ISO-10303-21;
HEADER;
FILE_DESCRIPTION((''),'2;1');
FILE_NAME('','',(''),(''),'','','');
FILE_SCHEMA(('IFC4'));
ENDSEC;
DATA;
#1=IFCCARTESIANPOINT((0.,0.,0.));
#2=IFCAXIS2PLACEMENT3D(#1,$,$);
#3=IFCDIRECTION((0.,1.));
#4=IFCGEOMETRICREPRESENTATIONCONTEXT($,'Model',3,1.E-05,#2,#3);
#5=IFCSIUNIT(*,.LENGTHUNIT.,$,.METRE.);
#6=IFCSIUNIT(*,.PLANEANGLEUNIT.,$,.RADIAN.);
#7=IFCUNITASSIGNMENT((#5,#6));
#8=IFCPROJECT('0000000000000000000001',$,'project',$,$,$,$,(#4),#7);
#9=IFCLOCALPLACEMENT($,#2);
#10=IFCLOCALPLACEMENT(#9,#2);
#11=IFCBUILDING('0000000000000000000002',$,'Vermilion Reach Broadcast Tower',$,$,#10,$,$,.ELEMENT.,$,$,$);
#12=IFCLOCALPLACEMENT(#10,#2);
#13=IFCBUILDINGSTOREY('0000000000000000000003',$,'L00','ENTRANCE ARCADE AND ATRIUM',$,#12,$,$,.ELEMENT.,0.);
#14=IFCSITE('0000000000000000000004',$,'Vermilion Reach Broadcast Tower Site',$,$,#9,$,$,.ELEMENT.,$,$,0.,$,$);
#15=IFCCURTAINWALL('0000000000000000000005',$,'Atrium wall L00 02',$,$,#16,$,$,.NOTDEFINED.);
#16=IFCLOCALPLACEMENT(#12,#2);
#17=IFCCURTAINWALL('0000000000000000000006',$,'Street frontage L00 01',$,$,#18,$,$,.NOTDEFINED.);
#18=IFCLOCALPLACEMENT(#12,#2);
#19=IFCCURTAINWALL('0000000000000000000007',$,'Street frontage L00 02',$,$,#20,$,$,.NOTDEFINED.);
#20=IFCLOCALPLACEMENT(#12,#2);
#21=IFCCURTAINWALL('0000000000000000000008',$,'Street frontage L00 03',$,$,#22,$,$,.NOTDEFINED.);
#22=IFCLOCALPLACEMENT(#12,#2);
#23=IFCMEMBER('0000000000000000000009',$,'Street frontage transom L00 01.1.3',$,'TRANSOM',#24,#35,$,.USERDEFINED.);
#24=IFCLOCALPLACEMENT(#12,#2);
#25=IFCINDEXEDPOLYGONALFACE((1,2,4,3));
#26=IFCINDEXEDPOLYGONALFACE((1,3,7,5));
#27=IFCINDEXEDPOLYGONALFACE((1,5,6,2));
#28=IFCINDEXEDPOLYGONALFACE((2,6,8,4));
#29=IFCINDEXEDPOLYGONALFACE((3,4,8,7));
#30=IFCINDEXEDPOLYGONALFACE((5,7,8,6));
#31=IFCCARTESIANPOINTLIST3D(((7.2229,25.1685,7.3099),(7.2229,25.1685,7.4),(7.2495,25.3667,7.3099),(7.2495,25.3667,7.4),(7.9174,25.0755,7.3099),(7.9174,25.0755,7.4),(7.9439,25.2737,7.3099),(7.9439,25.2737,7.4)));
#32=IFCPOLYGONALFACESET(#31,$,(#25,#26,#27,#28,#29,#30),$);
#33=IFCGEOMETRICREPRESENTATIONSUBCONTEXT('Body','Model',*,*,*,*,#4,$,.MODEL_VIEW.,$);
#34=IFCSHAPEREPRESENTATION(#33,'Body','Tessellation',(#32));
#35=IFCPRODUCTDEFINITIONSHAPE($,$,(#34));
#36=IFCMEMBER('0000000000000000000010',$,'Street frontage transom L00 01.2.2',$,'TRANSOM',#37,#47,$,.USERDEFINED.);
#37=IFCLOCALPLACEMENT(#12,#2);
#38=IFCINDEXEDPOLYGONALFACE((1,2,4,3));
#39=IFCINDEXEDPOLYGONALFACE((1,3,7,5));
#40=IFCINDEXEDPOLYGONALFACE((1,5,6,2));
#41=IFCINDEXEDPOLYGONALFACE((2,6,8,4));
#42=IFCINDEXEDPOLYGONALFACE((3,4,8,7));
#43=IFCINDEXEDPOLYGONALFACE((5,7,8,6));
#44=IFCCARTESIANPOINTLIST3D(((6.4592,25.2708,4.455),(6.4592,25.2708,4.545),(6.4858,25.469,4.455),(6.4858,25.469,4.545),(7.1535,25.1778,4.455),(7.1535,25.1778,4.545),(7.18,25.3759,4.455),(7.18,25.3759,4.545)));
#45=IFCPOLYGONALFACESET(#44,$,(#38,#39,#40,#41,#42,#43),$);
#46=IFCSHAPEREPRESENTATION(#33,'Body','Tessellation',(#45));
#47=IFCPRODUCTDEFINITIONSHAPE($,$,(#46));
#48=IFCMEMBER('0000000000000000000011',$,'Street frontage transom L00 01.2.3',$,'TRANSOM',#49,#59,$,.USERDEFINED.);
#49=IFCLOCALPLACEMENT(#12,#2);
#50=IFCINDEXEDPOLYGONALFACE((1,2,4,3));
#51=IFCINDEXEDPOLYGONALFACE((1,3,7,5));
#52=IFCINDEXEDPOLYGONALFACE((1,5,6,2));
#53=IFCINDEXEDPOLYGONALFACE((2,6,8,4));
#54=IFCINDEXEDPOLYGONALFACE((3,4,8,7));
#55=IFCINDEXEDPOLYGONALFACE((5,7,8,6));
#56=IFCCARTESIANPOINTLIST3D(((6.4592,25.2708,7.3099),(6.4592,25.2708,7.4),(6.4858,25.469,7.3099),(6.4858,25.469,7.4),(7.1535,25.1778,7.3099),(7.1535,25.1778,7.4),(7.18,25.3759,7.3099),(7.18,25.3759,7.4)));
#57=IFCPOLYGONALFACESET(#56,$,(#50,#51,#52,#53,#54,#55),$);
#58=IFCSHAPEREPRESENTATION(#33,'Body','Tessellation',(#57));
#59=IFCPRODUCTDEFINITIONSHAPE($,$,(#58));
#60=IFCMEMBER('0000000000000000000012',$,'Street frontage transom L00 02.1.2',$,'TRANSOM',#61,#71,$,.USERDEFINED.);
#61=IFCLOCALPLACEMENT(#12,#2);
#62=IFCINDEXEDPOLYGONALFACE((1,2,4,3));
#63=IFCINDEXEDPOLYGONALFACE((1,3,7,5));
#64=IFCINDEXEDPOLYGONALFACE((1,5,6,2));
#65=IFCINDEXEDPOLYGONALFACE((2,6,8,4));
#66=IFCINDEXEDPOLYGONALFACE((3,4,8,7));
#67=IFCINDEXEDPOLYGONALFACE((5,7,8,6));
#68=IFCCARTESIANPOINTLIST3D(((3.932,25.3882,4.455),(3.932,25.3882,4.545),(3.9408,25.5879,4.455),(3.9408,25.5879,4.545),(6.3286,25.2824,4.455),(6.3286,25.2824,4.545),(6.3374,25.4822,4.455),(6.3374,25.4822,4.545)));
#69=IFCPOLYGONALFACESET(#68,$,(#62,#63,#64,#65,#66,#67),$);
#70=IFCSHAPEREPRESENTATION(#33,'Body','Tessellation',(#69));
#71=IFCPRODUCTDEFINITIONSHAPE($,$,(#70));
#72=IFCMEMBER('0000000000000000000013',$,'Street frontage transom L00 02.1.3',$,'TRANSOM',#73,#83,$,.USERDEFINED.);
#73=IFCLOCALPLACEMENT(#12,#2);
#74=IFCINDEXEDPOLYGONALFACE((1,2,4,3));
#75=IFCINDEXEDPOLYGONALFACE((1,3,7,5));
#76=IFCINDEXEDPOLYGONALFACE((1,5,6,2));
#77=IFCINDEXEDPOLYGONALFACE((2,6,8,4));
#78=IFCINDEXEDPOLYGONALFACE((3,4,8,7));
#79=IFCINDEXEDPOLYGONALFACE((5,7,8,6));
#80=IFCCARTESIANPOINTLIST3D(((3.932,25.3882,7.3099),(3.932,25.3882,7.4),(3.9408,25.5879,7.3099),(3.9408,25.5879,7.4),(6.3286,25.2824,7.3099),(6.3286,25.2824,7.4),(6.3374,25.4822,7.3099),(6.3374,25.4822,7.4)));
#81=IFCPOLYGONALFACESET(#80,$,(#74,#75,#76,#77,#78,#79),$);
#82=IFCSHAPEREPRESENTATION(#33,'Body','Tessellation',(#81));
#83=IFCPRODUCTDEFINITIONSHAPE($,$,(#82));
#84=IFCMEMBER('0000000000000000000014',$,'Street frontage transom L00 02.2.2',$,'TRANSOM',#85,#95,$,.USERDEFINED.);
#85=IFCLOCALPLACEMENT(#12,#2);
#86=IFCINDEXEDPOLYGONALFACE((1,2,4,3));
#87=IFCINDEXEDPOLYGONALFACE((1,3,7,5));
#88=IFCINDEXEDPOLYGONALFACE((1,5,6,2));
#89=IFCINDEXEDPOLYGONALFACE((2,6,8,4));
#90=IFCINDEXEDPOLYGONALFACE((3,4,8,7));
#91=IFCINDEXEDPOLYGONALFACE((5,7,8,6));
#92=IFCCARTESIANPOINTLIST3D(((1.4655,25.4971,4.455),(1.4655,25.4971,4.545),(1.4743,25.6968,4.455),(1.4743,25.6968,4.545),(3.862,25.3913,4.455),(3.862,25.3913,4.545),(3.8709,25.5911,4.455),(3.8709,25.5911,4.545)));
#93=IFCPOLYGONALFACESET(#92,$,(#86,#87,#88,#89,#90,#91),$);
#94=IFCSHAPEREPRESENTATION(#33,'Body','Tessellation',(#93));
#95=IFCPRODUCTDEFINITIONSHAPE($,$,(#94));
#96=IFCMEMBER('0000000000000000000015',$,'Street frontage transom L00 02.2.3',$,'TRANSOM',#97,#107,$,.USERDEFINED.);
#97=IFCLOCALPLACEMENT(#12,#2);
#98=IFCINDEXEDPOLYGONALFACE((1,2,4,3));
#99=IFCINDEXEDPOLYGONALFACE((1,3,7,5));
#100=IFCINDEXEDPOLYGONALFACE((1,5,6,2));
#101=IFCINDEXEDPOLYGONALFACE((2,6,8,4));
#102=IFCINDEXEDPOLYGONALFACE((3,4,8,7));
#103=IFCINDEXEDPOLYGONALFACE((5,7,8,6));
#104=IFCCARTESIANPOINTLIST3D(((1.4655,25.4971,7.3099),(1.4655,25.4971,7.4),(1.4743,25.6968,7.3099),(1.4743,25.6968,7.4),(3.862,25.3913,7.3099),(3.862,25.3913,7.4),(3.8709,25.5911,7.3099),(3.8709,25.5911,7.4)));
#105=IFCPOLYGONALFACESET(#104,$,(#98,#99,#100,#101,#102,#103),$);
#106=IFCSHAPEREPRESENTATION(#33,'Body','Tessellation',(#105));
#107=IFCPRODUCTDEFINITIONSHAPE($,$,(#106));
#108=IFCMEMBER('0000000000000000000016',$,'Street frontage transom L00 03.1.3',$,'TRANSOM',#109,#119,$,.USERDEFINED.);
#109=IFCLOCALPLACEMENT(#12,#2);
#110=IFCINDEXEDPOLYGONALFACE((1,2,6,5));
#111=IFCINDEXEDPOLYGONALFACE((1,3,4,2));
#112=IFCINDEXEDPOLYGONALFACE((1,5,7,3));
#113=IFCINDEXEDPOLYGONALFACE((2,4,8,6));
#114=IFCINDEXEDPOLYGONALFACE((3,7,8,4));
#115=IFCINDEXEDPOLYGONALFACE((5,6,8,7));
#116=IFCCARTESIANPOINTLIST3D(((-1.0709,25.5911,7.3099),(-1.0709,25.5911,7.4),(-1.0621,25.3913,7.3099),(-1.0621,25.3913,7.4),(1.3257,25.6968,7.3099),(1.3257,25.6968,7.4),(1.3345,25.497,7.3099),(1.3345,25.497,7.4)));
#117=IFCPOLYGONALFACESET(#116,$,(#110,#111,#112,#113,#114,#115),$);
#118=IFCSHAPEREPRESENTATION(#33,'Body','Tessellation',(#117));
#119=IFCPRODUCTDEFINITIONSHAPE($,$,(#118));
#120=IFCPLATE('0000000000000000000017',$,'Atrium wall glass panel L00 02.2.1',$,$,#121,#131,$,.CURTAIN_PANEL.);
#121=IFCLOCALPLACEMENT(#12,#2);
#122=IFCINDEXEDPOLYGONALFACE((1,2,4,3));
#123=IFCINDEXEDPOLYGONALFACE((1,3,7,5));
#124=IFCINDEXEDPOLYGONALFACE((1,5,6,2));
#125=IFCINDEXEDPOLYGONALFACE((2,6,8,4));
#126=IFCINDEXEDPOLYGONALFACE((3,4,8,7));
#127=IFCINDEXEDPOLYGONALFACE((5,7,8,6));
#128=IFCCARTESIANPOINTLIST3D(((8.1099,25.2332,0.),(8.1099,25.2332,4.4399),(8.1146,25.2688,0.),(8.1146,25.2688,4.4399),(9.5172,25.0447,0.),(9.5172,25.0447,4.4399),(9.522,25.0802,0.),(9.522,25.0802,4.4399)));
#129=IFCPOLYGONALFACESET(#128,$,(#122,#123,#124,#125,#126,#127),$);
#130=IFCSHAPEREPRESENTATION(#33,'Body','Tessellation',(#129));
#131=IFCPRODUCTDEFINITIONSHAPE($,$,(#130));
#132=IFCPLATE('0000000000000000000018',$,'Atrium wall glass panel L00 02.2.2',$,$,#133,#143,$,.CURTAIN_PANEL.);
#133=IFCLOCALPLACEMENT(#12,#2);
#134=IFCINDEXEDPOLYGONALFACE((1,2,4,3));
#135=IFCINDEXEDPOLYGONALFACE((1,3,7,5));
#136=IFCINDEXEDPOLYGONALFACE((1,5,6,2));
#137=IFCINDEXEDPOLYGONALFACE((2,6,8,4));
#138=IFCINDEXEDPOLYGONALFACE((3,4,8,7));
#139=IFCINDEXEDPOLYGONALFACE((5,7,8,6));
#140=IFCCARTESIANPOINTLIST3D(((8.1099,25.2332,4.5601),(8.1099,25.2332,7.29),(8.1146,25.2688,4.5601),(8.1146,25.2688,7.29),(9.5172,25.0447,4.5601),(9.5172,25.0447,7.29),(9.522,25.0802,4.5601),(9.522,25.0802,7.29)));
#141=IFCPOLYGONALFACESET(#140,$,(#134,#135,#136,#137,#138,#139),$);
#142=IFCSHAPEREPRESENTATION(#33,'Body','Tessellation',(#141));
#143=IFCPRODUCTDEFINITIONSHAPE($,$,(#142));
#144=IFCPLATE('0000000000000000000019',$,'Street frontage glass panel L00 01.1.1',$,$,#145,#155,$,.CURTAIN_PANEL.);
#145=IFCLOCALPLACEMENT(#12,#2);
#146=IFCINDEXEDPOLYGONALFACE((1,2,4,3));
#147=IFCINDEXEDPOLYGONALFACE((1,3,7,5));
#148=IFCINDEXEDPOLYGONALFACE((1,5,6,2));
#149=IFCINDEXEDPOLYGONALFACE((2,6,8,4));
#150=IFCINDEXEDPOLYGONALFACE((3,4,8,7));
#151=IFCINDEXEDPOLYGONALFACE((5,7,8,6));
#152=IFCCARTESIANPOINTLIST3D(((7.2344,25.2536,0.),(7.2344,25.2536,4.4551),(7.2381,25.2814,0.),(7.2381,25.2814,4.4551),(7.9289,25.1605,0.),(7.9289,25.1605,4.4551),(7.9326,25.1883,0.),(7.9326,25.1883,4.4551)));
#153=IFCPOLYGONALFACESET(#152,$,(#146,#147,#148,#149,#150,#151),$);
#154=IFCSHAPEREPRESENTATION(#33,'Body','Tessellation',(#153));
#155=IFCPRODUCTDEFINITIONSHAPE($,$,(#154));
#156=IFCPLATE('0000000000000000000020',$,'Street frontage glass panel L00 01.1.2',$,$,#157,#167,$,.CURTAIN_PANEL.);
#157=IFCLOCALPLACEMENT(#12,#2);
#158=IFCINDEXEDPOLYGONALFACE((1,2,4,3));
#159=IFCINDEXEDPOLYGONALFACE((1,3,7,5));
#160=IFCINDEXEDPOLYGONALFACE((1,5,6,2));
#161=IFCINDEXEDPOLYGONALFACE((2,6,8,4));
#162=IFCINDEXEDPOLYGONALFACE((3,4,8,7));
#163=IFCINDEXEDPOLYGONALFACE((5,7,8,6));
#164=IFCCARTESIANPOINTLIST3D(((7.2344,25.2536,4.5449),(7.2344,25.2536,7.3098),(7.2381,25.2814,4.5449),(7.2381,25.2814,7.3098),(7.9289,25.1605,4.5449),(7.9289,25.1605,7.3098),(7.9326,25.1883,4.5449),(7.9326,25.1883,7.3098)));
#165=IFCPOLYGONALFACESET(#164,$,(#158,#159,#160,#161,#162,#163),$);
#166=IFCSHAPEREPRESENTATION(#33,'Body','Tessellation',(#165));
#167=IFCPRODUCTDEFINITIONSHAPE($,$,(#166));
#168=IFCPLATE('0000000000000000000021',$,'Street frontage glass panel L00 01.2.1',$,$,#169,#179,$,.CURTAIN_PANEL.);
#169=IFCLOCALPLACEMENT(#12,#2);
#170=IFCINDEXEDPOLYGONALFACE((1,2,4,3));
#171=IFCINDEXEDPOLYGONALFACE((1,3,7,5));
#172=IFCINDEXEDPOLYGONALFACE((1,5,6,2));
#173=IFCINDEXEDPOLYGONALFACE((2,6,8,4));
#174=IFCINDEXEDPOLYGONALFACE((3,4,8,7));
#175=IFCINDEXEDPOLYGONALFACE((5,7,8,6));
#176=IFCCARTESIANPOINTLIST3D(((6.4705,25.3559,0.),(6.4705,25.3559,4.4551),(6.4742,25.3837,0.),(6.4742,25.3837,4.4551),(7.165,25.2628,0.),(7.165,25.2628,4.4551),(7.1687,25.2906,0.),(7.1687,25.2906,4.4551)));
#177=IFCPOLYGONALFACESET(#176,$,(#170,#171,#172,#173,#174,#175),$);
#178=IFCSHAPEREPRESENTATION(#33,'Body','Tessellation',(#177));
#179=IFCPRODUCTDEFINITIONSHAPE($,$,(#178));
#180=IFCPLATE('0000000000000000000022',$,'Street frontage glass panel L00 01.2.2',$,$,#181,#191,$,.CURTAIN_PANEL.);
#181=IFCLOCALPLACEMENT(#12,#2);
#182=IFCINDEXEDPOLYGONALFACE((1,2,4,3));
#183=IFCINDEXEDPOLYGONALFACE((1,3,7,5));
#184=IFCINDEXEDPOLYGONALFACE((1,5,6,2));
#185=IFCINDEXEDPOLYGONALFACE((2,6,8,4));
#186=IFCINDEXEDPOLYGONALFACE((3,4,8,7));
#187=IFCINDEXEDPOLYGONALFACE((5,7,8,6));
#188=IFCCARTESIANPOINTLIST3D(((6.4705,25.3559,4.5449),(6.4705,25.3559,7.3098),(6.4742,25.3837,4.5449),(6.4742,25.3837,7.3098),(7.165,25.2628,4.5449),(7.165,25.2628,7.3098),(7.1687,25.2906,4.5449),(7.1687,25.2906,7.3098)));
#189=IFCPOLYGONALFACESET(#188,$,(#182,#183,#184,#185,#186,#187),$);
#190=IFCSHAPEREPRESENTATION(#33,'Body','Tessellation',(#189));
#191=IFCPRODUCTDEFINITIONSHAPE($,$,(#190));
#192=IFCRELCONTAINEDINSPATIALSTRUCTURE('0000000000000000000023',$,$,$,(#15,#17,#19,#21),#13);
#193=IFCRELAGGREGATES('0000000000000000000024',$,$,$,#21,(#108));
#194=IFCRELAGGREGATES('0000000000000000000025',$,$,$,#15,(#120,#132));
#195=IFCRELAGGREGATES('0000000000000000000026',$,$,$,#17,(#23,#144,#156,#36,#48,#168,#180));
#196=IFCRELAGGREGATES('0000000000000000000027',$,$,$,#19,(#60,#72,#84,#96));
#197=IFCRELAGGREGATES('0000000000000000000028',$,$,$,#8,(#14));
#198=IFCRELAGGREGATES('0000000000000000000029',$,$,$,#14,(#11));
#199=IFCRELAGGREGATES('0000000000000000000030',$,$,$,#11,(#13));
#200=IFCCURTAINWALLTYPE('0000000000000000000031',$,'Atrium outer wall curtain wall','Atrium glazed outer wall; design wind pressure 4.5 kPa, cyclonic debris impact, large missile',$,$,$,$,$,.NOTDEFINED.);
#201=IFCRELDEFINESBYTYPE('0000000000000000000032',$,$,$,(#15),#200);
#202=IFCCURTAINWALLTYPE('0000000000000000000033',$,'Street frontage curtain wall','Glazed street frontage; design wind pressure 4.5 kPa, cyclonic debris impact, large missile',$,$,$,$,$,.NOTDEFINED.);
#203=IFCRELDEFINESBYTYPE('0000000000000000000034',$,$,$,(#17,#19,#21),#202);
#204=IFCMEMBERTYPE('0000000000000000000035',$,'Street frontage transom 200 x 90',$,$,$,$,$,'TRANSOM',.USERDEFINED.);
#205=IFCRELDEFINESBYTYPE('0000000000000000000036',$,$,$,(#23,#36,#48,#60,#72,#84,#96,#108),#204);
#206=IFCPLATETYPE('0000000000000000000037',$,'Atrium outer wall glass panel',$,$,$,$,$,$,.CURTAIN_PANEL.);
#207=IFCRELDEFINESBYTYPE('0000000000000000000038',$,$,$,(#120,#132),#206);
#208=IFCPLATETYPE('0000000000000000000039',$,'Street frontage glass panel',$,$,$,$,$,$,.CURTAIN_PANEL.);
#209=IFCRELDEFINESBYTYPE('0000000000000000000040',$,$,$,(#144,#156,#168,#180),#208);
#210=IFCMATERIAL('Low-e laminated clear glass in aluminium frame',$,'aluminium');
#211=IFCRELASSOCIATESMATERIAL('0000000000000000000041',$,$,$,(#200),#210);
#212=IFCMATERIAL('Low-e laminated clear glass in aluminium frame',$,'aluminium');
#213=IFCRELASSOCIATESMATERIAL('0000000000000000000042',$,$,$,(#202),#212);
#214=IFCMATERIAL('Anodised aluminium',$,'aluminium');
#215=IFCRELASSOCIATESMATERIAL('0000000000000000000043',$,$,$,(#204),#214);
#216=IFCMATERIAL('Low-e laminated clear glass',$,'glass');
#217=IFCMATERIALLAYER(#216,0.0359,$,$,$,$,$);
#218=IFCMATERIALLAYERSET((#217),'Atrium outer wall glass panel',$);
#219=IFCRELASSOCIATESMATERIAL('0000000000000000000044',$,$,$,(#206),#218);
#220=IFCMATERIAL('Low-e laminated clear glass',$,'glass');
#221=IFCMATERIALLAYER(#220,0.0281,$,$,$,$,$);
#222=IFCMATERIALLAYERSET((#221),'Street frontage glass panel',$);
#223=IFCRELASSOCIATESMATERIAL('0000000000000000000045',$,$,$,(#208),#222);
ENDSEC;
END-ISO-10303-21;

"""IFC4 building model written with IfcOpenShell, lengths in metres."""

from ifc_helpers import new_model, si_unit, direction, frame, origin, origin_2d, place, context, subcontext, project, spatial, rectangle, extrude, material, layer, layer_set, material_profile, profile_set, type_object, element, aggregate, save


model = new_model("IFC4")

# Units and contexts
model_context = context("Model", 3, precision=1e-05, world=origin(), true_north=direction((0.0, 1.0)))
body_context = subcontext(model_context, "Body", "Model", "MODEL_VIEW")
ifc_project = project(units=[si_unit("LENGTHUNIT", "METRE"), si_unit("PLANEANGLEUNIT", "RADIAN")], contexts=[model_context])

# Site, building, storey
site_placement = place(None, origin())
site = spatial("IfcSite", under=ifc_project, at=site_placement, Name="Vermilion Reach Broadcast Tower Site", CompositionType="ELEMENT", RefElevation=0.0)
building_placement = place(site_placement, origin())
building = spatial("IfcBuilding", under=site, at=building_placement, Name="Vermilion Reach Broadcast Tower", CompositionType="ELEMENT")
storey_placement = place(building_placement, origin())
storey = spatial("IfcBuildingStorey", under=building, at=storey_placement, Name="L00", Description="ENTRANCE ARCADE AND ATRIUM", CompositionType="ELEMENT", Elevation=0.0)

# Curtain wall
ifc_material_1 = material(Name="Low-e laminated clear glass in aluminium frame", Category="aluminium")
curtain_wall_type_1 = type_object("IfcCurtainWallType", Name="Atrium outer wall curtain wall", Description="Atrium glazed outer wall; design wind pressure 4.5 kPa, cyclonic debris impact, large missile", PredefinedType="NOTDEFINED", material=ifc_material_1)
placement = place(storey_placement, origin())
curtain_wall_1 = element("IfcCurtainWall", 1, at=placement, inside=storey, type_object=curtain_wall_type_1, Name="Atrium wall L00 02", PredefinedType="NOTDEFINED")

# Curtain walls
ifc_material_2 = material(Name="Low-e laminated clear glass in aluminium frame", Category="aluminium")
curtain_wall_type_2 = type_object("IfcCurtainWallType", Name="Street frontage curtain wall", Description="Glazed street frontage; design wind pressure 4.5 kPa, cyclonic debris impact, large missile", PredefinedType="NOTDEFINED", material=ifc_material_2)
curtain_wall_2 = element("IfcCurtainWall", 2, at=placement, inside=storey, type_object=curtain_wall_type_2, Name="Street frontage L00 01", PredefinedType="NOTDEFINED")
curtain_wall_3 = element("IfcCurtainWall", 3, at=placement, inside=storey, type_object=curtain_wall_type_2, Name="Street frontage L00 02", PredefinedType="NOTDEFINED")

# Curtain wall
curtain_wall_4 = element("IfcCurtainWall", 4, at=placement, inside=storey, type_object=curtain_wall_type_2, Name="Street frontage L00 03", PredefinedType="NOTDEFINED")

# Members
ifc_material_3 = material(Name="Anodised aluminium", Category="aluminium")
ifc_material_profile_1 = material_profile(ifc_material_3, rectangle(XDim=0.2, YDim=0.0901, at=origin_2d()), Name="Street frontage transom 200 x 90")
ifc_profile_set_1 = profile_set([ifc_material_profile_1], Name="Anodised aluminium")
member_type_1 = type_object("IfcMemberType", Name="Street frontage transom 200 x 90", ElementType="TRANSOM", PredefinedType="USERDEFINED", material=ifc_profile_set_1)
member_1_placement = place(storey_placement, frame((7.9307, 25.1746, 7.355), z_axis=(-0.991152, 0.132734, 0.0), x_axis=(-0.132734, -0.991152, 0.0)))
member_1 = element("IfcMember", 5, at=member_1_placement, type_object=member_type_1, Name="Street frontage transom L00 01.1.3", ObjectType="TRANSOM", PredefinedType="USERDEFINED", context=body_context, shape_type="SweptSolid", body=[
    extrude(rectangle(XDim=0.2, YDim=0.0901, at=origin_2d()), origin(), (0.0, 0.0, 1.0), 0.7007),
])
member_2_placement = place(storey_placement, frame((7.1667, 25.2769, 4.5), z_axis=(-0.991146, 0.13278, 0.0), x_axis=(-0.13278, -0.991146, 0.0)))
member_2 = element("IfcMember", 6, at=member_2_placement, type_object=member_type_1, Name="Street frontage transom L00 01.2.2", ObjectType="TRANSOM", PredefinedType="USERDEFINED", context=body_context, shape_type="SweptSolid", body=[
    extrude(rectangle(XDim=0.2, YDim=0.0901, at=origin_2d()), origin(), (0.0, 0.0, 1.0), 0.7004),
])
member_3_placement = place(storey_placement, frame((7.1667, 25.2769, 7.355), z_axis=(-0.991146, 0.13278, 0.0), x_axis=(-0.13278, -0.991146, 0.0)))
member_3 = element("IfcMember", 7, at=member_3_placement, type_object=member_type_1, Name="Street frontage transom L00 01.2.3", ObjectType="TRANSOM", PredefinedType="USERDEFINED", context=body_context, shape_type="SweptSolid", body=[
    extrude(rectangle(XDim=0.2, YDim=0.0901, at=origin_2d()), origin(), (0.0, 0.0, 1.0), 0.7004),
])
member_4_placement = place(storey_placement, frame((6.333, 25.3823, 4.5), z_axis=(-0.999028, 0.044069, 0.0), x_axis=(-0.044069, -0.999028, 0.0)))
member_4 = element("IfcMember", 8, at=member_4_placement, type_object=member_type_1, Name="Street frontage transom L00 02.1.2", ObjectType="TRANSOM", PredefinedType="USERDEFINED", context=body_context, shape_type="SweptSolid", body=[
    extrude(rectangle(XDim=0.2, YDim=0.0901, at=origin_2d()), origin(), (0.0, 0.0, 1.0), 2.3989),
])
member_5_placement = place(storey_placement, frame((6.333, 25.3823, 7.355), z_axis=(-0.999028, 0.044069, 0.0), x_axis=(-0.044069, -0.999028, 0.0)))
member_5 = element("IfcMember", 9, at=member_5_placement, type_object=member_type_1, Name="Street frontage transom L00 02.1.3", ObjectType="TRANSOM", PredefinedType="USERDEFINED", context=body_context, shape_type="SweptSolid", body=[
    extrude(rectangle(XDim=0.2, YDim=0.0901, at=origin_2d()), origin(), (0.0, 0.0, 1.0), 2.3989),
])
member_6_placement = place(storey_placement, frame((3.8665, 25.4912, 4.5), z_axis=(-0.999028, 0.044069, 0.0), x_axis=(-0.044069, -0.999028, 0.0)))
member_6 = element("IfcMember", 10, at=member_6_placement, type_object=member_type_1, Name="Street frontage transom L00 02.2.2", ObjectType="TRANSOM", PredefinedType="USERDEFINED", context=body_context, shape_type="SweptSolid", body=[
    extrude(rectangle(XDim=0.2, YDim=0.0901, at=origin_2d()), origin(), (0.0, 0.0, 1.0), 2.3989),
])
member_7_placement = place(storey_placement, frame((3.8665, 25.4912, 7.355), z_axis=(-0.999028, 0.044069, 0.0), x_axis=(-0.044069, -0.999028, 0.0)))
member_7 = element("IfcMember", 11, at=member_7_placement, type_object=member_type_1, Name="Street frontage transom L00 02.2.3", ObjectType="TRANSOM", PredefinedType="USERDEFINED", context=body_context, shape_type="SweptSolid", body=[
    extrude(rectangle(XDim=0.2, YDim=0.0901, at=origin_2d()), origin(), (0.0, 0.0, 1.0), 2.3989),
])
member_8_placement = place(storey_placement, frame((1.3301, 25.5969, 7.355), z_axis=(-0.999028, -0.044069, 0.0), x_axis=(0.044069, -0.999028, 0.0)))
member_8 = element("IfcMember", 12, at=member_8_placement, type_object=member_type_1, Name="Street frontage transom L00 03.1.3", ObjectType="TRANSOM", PredefinedType="USERDEFINED", context=body_context, shape_type="SweptSolid", body=[
    extrude(rectangle(XDim=0.2, YDim=0.0901, at=origin_2d()), origin(), (0.0, 0.0, 1.0), 2.3989),
])
aggregate(curtain_wall_4, [member_8])

# Plates
ifc_material_4 = material(Name="Low-e laminated clear glass", Category="glass")
ifc_layer_1 = layer(ifc_material_4, 0.0359)
ifc_layer_set_1 = layer_set([ifc_layer_1], Name="Atrium outer wall glass panel")
plate_type_1 = type_object("IfcPlateType", Name="Atrium outer wall glass panel", PredefinedType="CURTAIN_PANEL", material=ifc_layer_set_1)
plate_1_placement = place(storey_placement, frame((8.8159, 25.1567, 0.0), z_axis=(0.0, 0.0, 1.0), x_axis=(-0.991144, 0.132794, 0.0)))
plate_1 = element("IfcPlate", 13, at=plate_1_placement, type_object=plate_type_1, Name="Atrium wall glass panel L00 02.2.1", PredefinedType="CURTAIN_PANEL", context=body_context, shape_type="SweptSolid", body=[
    extrude(rectangle(XDim=1.4199, YDim=0.0359, at=origin_2d()), origin(), (0.0, 0.0, 1.0), 4.4399),
])
plate_2_placement = place(storey_placement, frame((8.8159, 25.1567, 4.5601), z_axis=(0.0, 0.0, 1.0), x_axis=(-0.991144, 0.132794, 0.0)))
plate_2 = element("IfcPlate", 14, at=plate_2_placement, type_object=plate_type_1, Name="Atrium wall glass panel L00 02.2.2", PredefinedType="CURTAIN_PANEL", context=body_context, shape_type="SweptSolid", body=[
    extrude(rectangle(XDim=1.4199, YDim=0.0359, at=origin_2d()), origin(), (0.0, 0.0, 1.0), 2.73),
])
aggregate(curtain_wall_1, [plate_1, plate_2])
ifc_material_5 = material(Name="Low-e laminated clear glass", Category="glass")
ifc_layer_2 = layer(ifc_material_5, 0.0281)
ifc_layer_set_2 = layer_set([ifc_layer_2], Name="Street frontage glass panel")
plate_type_2 = type_object("IfcPlateType", Name="Street frontage glass panel", PredefinedType="CURTAIN_PANEL", material=ifc_layer_set_2)
plate_3_placement = place(storey_placement, frame((7.5835, 25.2209, 0.0), z_axis=(0.0, 0.0, 1.0), x_axis=(-0.991144, 0.132794, 0.0)))
plate_3 = element("IfcPlate", 15, at=plate_3_placement, type_object=plate_type_2, Name="Street frontage glass panel L00 01.1.1", PredefinedType="CURTAIN_PANEL", context=body_context, shape_type="SweptSolid", body=[
    extrude(rectangle(XDim=0.7007, YDim=0.0281, at=origin_2d()), origin(), (0.0, 0.0, 1.0), 4.4551),
])
plate_4_placement = place(storey_placement, frame((7.5835, 25.2209, 4.5449), z_axis=(0.0, 0.0, 1.0), x_axis=(-0.991144, 0.132794, 0.0)))
plate_4 = element("IfcPlate", 16, at=plate_4_placement, type_object=plate_type_2, Name="Street frontage glass panel L00 01.1.2", PredefinedType="CURTAIN_PANEL", context=body_context, shape_type="SweptSolid", body=[
    extrude(rectangle(XDim=0.7007, YDim=0.0281, at=origin_2d()), origin(), (0.0, 0.0, 1.0), 2.7649),
])
plate_5_placement = place(storey_placement, frame((6.8196, 25.3232, 0.0), z_axis=(0.0, 0.0, 1.0), x_axis=(-0.991144, 0.132794, 0.0)))
plate_5 = element("IfcPlate", 17, at=plate_5_placement, type_object=plate_type_2, Name="Street frontage glass panel L00 01.2.1", PredefinedType="CURTAIN_PANEL", context=body_context, shape_type="SweptSolid", body=[
    extrude(rectangle(XDim=0.7007, YDim=0.0281, at=origin_2d()), origin(), (0.0, 0.0, 1.0), 4.4551),
])
plate_6_placement = place(storey_placement, frame((6.8196, 25.3232, 4.5449), z_axis=(0.0, 0.0, 1.0), x_axis=(-0.991144, 0.132794, 0.0)))
plate_6 = element("IfcPlate", 18, at=plate_6_placement, type_object=plate_type_2, Name="Street frontage glass panel L00 01.2.2", PredefinedType="CURTAIN_PANEL", context=body_context, shape_type="SweptSolid", body=[
    extrude(rectangle(XDim=0.7007, YDim=0.0281, at=origin_2d()), origin(), (0.0, 0.0, 1.0), 2.7649),
])
aggregate(curtain_wall_2, [member_1, plate_3, plate_4, member_2, member_3, plate_5, plate_6])
aggregate(curtain_wall_3, [member_4, member_5, member_6, member_7])

save(model, "model.ifc")
